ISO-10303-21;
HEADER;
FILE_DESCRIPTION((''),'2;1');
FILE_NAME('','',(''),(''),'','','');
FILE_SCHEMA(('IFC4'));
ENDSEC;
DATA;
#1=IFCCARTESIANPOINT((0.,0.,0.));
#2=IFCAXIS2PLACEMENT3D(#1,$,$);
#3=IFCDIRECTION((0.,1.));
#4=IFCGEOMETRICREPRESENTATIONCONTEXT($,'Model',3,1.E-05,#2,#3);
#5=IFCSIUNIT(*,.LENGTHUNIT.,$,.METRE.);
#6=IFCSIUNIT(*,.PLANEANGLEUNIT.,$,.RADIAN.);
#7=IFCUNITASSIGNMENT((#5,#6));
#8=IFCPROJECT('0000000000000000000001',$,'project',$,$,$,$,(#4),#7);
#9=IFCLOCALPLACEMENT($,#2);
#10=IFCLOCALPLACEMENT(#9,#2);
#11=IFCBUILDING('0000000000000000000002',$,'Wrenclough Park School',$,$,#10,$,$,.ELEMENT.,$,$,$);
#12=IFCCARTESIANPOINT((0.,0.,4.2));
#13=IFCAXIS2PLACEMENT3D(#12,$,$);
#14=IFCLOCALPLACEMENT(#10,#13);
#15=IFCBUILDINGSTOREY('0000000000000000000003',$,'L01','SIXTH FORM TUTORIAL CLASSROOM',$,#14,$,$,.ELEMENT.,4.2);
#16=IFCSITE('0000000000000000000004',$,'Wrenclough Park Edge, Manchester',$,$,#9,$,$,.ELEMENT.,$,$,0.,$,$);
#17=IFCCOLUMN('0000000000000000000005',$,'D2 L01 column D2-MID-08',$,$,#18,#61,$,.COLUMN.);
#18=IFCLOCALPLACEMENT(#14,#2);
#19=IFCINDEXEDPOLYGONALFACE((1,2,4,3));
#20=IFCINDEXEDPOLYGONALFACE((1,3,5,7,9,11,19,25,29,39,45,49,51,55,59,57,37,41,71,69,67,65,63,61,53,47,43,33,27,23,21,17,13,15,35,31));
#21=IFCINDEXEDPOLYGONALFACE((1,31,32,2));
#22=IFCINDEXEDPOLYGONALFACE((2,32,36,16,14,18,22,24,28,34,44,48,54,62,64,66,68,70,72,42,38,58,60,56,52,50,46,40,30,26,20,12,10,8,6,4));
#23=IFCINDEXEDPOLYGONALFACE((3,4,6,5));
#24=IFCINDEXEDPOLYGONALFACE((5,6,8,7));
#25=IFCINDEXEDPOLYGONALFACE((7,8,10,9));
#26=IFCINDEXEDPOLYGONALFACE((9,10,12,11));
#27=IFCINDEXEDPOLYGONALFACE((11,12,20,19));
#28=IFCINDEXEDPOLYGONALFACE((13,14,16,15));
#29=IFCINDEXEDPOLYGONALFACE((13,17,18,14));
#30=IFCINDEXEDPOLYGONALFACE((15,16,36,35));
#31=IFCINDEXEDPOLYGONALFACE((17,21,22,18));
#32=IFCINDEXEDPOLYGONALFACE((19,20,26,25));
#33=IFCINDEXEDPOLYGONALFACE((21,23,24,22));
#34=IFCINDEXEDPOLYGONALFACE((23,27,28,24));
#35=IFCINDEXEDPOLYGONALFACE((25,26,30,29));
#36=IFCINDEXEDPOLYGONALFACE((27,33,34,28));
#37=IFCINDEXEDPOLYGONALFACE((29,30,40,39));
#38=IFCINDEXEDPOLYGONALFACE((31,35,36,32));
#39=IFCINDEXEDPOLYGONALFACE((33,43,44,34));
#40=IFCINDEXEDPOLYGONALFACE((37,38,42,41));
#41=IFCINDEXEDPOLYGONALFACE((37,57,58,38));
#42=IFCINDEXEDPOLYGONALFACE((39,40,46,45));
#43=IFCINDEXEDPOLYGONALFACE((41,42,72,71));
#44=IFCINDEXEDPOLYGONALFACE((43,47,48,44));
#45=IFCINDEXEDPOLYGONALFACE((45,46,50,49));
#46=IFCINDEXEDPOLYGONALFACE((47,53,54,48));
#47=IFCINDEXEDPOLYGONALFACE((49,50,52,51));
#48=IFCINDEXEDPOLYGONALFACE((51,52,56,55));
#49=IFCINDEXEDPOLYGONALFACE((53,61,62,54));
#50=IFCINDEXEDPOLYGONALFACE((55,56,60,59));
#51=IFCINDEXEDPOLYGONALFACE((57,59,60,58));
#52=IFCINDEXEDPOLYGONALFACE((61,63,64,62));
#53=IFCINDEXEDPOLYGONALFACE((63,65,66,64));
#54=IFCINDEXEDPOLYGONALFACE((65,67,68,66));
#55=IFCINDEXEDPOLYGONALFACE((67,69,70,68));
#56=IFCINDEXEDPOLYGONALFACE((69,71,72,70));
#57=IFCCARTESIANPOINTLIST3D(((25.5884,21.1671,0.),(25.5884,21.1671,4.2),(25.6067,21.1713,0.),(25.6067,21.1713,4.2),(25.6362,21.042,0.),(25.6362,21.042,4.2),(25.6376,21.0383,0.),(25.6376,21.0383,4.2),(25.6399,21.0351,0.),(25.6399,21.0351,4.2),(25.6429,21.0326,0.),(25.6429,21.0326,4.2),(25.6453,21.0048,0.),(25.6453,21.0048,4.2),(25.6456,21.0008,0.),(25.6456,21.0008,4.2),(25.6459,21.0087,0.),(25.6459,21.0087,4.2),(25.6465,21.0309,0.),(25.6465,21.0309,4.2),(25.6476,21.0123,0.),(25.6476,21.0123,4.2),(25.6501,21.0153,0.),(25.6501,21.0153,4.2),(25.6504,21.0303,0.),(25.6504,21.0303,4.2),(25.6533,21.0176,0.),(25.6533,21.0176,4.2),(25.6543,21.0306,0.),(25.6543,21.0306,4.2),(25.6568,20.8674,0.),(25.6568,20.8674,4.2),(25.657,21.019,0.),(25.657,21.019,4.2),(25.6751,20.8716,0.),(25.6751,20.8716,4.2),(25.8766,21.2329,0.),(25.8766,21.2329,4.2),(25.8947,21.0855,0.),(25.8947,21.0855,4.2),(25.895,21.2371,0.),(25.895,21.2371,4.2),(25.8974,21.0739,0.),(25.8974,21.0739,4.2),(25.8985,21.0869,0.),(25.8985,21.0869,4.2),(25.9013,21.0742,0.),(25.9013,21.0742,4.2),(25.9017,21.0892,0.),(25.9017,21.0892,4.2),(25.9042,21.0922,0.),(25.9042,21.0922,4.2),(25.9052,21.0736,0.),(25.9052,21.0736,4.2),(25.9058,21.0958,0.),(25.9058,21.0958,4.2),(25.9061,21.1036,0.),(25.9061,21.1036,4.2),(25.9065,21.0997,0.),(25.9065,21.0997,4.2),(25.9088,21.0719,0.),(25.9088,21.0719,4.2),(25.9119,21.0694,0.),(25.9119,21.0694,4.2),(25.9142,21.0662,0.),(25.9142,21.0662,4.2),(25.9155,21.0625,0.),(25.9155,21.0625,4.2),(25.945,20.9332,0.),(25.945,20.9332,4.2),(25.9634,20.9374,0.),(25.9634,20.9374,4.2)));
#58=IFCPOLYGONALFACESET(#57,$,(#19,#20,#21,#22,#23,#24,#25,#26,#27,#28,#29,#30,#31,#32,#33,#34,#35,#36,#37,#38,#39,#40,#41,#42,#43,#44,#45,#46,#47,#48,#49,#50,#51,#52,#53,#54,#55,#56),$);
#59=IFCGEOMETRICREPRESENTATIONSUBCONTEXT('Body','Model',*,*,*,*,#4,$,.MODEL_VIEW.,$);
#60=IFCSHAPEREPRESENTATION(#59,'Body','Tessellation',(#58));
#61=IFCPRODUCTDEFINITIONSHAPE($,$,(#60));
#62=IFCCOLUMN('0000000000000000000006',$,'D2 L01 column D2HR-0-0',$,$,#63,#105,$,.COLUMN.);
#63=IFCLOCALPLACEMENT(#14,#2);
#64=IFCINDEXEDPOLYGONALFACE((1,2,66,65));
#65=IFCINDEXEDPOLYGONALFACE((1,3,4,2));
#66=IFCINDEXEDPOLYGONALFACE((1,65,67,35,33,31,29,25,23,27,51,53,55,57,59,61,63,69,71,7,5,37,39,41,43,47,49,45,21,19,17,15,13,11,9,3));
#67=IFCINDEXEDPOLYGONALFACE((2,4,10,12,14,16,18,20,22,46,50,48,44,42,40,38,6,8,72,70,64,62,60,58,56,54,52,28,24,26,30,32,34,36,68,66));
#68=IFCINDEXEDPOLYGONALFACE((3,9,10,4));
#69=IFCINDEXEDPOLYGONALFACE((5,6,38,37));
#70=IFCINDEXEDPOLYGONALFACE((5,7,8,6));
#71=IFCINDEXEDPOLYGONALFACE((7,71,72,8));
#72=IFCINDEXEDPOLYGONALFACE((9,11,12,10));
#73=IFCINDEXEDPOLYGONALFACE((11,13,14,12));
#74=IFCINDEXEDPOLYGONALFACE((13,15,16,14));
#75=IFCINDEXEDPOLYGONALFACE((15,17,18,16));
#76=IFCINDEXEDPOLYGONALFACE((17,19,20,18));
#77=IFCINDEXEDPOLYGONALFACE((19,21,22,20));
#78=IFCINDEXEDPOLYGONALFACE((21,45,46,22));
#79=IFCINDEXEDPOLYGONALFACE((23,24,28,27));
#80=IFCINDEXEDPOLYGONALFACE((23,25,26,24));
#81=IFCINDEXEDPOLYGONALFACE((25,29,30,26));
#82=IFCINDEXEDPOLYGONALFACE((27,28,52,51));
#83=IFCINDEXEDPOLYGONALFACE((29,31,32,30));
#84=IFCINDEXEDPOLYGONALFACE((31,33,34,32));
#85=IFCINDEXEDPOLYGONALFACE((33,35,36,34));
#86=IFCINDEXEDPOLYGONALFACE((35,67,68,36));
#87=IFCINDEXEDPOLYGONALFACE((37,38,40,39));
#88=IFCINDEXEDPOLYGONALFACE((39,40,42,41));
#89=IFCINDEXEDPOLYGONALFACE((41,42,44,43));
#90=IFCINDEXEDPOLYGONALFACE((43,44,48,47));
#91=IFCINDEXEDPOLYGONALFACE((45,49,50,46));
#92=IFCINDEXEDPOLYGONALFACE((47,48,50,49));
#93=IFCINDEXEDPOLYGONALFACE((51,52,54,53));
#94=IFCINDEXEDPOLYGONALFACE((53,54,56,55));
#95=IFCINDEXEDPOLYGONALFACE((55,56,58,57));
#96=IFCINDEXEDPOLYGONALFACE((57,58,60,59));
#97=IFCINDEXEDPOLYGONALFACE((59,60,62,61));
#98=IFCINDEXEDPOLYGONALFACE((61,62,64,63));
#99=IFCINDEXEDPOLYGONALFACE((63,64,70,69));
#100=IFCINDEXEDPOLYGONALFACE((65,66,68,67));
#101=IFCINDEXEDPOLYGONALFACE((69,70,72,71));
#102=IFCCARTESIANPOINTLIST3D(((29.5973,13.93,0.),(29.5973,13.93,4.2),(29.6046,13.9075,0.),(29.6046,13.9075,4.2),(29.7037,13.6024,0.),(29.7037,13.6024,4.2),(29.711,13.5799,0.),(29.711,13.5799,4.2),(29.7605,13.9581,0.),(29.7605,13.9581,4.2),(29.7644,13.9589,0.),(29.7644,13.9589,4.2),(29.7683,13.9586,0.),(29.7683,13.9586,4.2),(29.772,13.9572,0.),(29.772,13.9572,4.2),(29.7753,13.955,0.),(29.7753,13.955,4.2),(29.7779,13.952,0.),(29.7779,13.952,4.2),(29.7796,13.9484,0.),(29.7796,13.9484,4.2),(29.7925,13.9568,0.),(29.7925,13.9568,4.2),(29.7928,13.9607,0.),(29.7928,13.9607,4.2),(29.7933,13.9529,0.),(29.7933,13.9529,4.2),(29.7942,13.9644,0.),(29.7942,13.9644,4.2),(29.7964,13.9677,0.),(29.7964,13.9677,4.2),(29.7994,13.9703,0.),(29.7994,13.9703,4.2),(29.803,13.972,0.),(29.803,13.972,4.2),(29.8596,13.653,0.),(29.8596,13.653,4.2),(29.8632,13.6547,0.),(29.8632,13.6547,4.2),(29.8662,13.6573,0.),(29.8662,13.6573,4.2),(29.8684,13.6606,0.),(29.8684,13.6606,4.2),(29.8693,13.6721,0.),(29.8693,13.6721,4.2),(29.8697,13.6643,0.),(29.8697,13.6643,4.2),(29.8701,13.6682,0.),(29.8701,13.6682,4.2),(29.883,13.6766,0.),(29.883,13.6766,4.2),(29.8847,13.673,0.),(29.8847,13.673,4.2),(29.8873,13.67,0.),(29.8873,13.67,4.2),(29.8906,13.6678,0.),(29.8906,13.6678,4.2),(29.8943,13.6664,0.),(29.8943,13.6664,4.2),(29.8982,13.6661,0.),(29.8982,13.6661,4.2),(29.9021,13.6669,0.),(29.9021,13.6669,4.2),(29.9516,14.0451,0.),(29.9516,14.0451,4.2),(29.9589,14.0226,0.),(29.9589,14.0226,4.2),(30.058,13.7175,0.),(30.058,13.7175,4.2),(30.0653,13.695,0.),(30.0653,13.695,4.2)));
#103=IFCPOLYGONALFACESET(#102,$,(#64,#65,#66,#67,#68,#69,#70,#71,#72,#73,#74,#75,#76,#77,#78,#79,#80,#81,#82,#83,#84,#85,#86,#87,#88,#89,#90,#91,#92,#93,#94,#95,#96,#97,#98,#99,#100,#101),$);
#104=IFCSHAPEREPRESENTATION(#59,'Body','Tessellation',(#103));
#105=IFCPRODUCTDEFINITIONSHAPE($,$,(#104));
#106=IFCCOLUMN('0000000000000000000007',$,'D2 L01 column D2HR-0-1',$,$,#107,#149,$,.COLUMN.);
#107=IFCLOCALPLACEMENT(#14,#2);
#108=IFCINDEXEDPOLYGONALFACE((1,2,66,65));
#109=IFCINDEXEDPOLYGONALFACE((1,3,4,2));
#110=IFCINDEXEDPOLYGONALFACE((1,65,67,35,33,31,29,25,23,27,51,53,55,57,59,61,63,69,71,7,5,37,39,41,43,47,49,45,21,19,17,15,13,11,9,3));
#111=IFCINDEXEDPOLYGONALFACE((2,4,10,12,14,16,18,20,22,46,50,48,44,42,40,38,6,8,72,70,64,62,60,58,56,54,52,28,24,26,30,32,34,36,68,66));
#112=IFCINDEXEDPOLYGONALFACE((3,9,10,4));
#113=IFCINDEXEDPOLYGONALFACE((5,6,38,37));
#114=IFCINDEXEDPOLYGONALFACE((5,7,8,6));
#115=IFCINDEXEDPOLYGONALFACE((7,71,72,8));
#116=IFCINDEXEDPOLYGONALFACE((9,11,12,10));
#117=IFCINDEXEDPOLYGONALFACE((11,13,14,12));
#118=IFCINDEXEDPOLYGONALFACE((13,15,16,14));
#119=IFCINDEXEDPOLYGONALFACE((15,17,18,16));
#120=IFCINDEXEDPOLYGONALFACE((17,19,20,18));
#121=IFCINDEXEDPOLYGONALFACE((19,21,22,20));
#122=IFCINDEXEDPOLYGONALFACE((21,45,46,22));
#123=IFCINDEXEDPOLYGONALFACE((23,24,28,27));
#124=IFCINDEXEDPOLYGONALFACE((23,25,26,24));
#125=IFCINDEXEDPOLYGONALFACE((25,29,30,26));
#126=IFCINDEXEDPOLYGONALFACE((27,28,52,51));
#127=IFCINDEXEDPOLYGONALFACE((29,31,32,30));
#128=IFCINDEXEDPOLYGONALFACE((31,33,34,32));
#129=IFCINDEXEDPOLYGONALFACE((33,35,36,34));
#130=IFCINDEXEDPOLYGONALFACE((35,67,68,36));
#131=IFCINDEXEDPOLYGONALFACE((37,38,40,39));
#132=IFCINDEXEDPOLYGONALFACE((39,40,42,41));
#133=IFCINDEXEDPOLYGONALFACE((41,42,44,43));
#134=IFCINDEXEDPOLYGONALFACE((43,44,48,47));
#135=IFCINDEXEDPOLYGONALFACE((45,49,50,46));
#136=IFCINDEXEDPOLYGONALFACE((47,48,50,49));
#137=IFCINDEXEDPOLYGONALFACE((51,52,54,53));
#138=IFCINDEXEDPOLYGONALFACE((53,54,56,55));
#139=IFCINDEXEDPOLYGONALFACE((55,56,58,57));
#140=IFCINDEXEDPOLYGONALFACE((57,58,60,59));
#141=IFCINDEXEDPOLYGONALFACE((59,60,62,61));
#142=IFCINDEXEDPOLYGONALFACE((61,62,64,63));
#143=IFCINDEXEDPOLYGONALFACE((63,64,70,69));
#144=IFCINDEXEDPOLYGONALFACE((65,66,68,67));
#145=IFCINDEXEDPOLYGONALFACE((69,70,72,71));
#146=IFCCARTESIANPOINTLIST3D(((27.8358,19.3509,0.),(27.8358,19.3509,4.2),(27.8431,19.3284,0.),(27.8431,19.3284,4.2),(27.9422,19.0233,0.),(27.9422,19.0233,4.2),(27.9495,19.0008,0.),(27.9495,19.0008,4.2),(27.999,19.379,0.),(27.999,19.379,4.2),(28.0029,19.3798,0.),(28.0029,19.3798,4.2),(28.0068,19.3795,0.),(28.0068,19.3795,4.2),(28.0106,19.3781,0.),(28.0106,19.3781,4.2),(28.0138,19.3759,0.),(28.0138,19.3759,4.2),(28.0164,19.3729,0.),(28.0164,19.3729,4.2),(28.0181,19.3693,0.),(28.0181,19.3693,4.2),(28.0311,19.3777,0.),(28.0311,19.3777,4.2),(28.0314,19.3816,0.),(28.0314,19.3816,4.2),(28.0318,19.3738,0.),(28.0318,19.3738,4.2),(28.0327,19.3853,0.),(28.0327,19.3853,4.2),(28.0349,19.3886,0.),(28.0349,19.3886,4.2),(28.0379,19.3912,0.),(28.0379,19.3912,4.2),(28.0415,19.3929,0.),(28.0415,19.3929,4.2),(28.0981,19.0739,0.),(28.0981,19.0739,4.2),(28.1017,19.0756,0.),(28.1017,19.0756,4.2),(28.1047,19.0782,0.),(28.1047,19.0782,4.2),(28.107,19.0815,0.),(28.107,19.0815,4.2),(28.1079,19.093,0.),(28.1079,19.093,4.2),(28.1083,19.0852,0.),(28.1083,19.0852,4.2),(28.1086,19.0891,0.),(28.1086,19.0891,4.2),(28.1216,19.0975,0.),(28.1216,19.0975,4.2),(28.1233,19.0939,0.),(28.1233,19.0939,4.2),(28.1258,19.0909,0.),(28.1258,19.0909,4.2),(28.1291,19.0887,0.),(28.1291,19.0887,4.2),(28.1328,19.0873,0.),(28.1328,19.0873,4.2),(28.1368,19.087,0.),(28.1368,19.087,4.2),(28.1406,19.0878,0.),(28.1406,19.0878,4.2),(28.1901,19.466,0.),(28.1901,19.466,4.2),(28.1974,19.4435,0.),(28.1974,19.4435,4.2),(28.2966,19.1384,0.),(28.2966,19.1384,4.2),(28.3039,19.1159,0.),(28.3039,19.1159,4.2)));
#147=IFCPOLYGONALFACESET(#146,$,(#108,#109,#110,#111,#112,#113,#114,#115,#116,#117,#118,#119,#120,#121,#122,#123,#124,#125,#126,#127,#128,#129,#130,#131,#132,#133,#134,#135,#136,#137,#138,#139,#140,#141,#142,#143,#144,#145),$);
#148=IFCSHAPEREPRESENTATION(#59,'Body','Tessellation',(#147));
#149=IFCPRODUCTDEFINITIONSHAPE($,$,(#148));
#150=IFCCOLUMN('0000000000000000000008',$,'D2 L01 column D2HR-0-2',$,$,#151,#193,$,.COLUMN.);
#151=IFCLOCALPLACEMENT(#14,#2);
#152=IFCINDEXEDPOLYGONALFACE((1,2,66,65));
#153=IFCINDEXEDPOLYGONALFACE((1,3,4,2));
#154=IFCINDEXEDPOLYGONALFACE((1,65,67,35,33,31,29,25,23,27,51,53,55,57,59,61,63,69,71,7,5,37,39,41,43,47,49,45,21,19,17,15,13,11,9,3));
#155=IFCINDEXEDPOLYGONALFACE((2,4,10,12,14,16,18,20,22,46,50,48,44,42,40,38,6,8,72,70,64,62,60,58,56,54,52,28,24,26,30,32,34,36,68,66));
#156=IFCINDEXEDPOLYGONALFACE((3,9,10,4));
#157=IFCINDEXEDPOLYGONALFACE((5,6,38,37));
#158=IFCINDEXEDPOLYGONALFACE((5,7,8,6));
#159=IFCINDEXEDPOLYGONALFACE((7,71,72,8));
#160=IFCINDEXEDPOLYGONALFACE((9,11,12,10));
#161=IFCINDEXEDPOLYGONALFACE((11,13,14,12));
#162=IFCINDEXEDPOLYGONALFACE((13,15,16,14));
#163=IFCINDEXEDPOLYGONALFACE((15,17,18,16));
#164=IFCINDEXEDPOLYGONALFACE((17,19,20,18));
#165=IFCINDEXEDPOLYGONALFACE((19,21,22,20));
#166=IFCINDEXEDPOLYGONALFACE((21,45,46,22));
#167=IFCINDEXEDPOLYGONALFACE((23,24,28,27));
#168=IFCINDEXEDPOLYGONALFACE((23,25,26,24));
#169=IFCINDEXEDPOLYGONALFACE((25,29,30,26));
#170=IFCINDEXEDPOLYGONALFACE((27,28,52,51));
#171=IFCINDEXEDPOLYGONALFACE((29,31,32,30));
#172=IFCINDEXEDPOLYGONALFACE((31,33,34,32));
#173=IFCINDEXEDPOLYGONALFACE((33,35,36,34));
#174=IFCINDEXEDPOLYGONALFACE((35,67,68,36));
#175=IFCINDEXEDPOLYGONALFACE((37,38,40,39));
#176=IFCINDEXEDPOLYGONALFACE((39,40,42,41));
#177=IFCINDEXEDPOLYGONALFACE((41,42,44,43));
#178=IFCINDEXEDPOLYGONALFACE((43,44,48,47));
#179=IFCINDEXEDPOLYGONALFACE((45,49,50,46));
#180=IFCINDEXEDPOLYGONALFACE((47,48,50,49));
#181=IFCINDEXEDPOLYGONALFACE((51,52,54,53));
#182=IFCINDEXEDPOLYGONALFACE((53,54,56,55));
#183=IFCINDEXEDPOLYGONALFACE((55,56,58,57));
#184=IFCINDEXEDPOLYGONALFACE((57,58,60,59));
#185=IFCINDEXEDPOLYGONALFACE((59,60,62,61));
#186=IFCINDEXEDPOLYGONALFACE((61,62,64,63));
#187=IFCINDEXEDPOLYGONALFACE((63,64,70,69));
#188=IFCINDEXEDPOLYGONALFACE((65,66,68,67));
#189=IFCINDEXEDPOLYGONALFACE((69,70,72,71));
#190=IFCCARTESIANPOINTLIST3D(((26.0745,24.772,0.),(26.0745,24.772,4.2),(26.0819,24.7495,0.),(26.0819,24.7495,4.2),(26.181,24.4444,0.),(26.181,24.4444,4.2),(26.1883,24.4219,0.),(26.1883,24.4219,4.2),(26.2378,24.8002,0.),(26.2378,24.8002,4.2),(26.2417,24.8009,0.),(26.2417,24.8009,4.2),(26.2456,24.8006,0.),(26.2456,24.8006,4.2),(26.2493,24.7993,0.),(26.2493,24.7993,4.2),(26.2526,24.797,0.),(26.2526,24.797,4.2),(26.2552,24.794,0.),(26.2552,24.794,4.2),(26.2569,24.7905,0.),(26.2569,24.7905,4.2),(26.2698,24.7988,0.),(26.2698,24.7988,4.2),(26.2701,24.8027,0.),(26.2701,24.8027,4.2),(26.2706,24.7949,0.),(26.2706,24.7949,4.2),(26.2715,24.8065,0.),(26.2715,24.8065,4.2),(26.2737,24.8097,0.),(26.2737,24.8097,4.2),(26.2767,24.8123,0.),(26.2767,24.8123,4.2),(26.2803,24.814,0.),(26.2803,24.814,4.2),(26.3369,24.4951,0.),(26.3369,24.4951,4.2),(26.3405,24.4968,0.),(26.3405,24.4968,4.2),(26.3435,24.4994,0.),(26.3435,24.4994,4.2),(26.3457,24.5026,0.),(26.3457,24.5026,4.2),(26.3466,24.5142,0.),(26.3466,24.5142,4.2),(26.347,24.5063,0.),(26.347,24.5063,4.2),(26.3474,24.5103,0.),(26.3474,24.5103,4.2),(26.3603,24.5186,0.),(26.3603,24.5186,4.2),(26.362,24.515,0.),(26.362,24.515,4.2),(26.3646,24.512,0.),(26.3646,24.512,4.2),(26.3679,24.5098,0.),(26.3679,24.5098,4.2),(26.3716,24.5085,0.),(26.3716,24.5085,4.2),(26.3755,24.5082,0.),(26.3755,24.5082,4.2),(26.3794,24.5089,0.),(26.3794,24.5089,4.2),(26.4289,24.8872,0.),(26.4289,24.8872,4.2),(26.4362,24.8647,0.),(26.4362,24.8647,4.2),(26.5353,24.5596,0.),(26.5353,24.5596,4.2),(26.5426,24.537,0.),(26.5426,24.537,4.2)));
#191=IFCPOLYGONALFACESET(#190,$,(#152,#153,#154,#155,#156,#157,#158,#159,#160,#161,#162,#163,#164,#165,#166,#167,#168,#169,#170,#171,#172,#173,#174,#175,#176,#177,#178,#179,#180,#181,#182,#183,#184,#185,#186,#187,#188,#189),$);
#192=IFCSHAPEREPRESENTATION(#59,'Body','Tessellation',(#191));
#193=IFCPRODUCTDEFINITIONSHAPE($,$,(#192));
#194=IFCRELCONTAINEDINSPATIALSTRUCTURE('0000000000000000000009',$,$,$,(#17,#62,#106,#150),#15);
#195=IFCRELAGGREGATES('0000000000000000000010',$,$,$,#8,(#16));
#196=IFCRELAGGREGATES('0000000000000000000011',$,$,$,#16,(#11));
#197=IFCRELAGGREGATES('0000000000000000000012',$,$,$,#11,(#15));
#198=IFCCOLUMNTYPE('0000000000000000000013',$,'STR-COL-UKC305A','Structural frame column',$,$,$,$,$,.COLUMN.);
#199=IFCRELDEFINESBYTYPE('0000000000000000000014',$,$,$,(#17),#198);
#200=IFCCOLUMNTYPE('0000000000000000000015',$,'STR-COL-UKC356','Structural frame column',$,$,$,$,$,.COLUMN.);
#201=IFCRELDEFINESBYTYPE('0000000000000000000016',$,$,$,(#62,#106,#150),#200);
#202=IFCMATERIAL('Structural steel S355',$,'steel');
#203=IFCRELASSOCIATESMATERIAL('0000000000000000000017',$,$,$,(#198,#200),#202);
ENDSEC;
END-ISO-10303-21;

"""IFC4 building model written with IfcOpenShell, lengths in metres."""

from ifc_helpers import new_model, si_unit, direction, frame, origin, origin_2d, place, context, subcontext, project, spatial, i_section, extrude, material, material_profile, profile_set, type_object, element, save


model = new_model("IFC4")

# Units and contexts
model_context = context("Model", 3, precision=1e-05, world=origin(), true_north=direction((0.0, 1.0)))
body_context = subcontext(model_context, "Body", "Model", "MODEL_VIEW")
ifc_project = project(units=[si_unit("LENGTHUNIT", "METRE"), si_unit("PLANEANGLEUNIT", "RADIAN")], contexts=[model_context])

# Site, building, storey
site_placement = place(None, origin())
site = spatial("IfcSite", under=ifc_project, at=site_placement, Name="Wrenclough Park Edge, Manchester", CompositionType="ELEMENT", RefElevation=0.0)
building_placement = place(site_placement, origin())
building = spatial("IfcBuilding", under=site, at=building_placement, Name="Wrenclough Park School", CompositionType="ELEMENT")
storey_placement = place(building_placement, frame((0.0, 0.0, 4.2)))
storey = spatial("IfcBuildingStorey", under=building, at=storey_placement, Name="L01", Description="SIXTH FORM TUTORIAL CLASSROOM", CompositionType="ELEMENT", Elevation=4.2)

# Columns
ifc_material_1 = material(Name="Structural steel S355", Category="steel")
ifc_material_profile_1 = material_profile(ifc_material_1, i_section(OverallWidth=0.3074, OverallDepth=0.3145, WebThickness=0.012, FlangeThickness=0.0188, FilletRadius=0.0151, at=origin_2d()), Name="UKC 305x305x118")
ifc_profile_set_1 = profile_set([ifc_material_profile_1], Name="Structural steel S355")
column_type_1 = type_object("IfcColumnType", Name="STR-COL-UKC305A", Description="Structural frame column", PredefinedType="COLUMN", material=ifc_profile_set_1)
column_placement = place(storey_placement, frame((25.7759, 21.0522, 0.0), z_axis=(0.0, 0.0, 1.0), x_axis=(0.22257, -0.974917, 0.0)))
element("IfcColumn", 1, at=column_placement, inside=storey, type_object=column_type_1, Name="D2 L01 column D2-MID-08", PredefinedType="COLUMN", context=body_context, shape_type="SweptSolid", body=[
    extrude(i_section(OverallWidth=0.3074, OverallDepth=0.3145, WebThickness=0.012, FlangeThickness=0.0188, FilletRadius=0.0151, at=origin_2d()), origin(), (0.0, 0.0, 1.0), 4.2),
])
ifc_material_profile_2 = material_profile(ifc_material_1, i_section(OverallWidth=0.3726, OverallDepth=0.3682, WebThickness=0.0144, FlangeThickness=0.0237, FilletRadius=0.0151, at=origin_2d()), Name="UKC 356x368x177")
ifc_profile_set_2 = profile_set([ifc_material_profile_2], Name="Structural steel S355")
column_type_2 = type_object("IfcColumnType", Name="STR-COL-UKC356", Description="Structural frame column", PredefinedType="COLUMN", material=ifc_profile_set_2)
for number, where, z_axis, x_axis, name in (
    (2, (29.8313, 13.8125, 0.0), (0.0, 0.0, 1.0), (0.951057, 0.309017, 0.0), "D2 L01 column D2HR-0-0"),
    (3, (28.0698, 19.2334, 0.0), (0.0, 0.0, 1.0), (0.951057, 0.309017, 0.0), "D2 L01 column D2HR-0-1"),
    (4, (26.3086, 24.6545, 0.0), (0.0, 0.0, 1.0), (0.951057, 0.309017, 0.0), "D2 L01 column D2HR-0-2"),
):
    element("IfcColumn", number, at=place(storey_placement, frame(where, z_axis=z_axis, x_axis=x_axis)), inside=storey, type_object=column_type_2, Name=name, PredefinedType="COLUMN", context=body_context, shape_type="SweptSolid", body=[
        extrude(i_section(OverallWidth=0.3726, OverallDepth=0.3682, WebThickness=0.0144, FlangeThickness=0.0237, FilletRadius=0.0151, at=origin_2d()), origin(), (0.0, 0.0, 1.0), 4.2),
    ])

save(model, "model.ifc")
